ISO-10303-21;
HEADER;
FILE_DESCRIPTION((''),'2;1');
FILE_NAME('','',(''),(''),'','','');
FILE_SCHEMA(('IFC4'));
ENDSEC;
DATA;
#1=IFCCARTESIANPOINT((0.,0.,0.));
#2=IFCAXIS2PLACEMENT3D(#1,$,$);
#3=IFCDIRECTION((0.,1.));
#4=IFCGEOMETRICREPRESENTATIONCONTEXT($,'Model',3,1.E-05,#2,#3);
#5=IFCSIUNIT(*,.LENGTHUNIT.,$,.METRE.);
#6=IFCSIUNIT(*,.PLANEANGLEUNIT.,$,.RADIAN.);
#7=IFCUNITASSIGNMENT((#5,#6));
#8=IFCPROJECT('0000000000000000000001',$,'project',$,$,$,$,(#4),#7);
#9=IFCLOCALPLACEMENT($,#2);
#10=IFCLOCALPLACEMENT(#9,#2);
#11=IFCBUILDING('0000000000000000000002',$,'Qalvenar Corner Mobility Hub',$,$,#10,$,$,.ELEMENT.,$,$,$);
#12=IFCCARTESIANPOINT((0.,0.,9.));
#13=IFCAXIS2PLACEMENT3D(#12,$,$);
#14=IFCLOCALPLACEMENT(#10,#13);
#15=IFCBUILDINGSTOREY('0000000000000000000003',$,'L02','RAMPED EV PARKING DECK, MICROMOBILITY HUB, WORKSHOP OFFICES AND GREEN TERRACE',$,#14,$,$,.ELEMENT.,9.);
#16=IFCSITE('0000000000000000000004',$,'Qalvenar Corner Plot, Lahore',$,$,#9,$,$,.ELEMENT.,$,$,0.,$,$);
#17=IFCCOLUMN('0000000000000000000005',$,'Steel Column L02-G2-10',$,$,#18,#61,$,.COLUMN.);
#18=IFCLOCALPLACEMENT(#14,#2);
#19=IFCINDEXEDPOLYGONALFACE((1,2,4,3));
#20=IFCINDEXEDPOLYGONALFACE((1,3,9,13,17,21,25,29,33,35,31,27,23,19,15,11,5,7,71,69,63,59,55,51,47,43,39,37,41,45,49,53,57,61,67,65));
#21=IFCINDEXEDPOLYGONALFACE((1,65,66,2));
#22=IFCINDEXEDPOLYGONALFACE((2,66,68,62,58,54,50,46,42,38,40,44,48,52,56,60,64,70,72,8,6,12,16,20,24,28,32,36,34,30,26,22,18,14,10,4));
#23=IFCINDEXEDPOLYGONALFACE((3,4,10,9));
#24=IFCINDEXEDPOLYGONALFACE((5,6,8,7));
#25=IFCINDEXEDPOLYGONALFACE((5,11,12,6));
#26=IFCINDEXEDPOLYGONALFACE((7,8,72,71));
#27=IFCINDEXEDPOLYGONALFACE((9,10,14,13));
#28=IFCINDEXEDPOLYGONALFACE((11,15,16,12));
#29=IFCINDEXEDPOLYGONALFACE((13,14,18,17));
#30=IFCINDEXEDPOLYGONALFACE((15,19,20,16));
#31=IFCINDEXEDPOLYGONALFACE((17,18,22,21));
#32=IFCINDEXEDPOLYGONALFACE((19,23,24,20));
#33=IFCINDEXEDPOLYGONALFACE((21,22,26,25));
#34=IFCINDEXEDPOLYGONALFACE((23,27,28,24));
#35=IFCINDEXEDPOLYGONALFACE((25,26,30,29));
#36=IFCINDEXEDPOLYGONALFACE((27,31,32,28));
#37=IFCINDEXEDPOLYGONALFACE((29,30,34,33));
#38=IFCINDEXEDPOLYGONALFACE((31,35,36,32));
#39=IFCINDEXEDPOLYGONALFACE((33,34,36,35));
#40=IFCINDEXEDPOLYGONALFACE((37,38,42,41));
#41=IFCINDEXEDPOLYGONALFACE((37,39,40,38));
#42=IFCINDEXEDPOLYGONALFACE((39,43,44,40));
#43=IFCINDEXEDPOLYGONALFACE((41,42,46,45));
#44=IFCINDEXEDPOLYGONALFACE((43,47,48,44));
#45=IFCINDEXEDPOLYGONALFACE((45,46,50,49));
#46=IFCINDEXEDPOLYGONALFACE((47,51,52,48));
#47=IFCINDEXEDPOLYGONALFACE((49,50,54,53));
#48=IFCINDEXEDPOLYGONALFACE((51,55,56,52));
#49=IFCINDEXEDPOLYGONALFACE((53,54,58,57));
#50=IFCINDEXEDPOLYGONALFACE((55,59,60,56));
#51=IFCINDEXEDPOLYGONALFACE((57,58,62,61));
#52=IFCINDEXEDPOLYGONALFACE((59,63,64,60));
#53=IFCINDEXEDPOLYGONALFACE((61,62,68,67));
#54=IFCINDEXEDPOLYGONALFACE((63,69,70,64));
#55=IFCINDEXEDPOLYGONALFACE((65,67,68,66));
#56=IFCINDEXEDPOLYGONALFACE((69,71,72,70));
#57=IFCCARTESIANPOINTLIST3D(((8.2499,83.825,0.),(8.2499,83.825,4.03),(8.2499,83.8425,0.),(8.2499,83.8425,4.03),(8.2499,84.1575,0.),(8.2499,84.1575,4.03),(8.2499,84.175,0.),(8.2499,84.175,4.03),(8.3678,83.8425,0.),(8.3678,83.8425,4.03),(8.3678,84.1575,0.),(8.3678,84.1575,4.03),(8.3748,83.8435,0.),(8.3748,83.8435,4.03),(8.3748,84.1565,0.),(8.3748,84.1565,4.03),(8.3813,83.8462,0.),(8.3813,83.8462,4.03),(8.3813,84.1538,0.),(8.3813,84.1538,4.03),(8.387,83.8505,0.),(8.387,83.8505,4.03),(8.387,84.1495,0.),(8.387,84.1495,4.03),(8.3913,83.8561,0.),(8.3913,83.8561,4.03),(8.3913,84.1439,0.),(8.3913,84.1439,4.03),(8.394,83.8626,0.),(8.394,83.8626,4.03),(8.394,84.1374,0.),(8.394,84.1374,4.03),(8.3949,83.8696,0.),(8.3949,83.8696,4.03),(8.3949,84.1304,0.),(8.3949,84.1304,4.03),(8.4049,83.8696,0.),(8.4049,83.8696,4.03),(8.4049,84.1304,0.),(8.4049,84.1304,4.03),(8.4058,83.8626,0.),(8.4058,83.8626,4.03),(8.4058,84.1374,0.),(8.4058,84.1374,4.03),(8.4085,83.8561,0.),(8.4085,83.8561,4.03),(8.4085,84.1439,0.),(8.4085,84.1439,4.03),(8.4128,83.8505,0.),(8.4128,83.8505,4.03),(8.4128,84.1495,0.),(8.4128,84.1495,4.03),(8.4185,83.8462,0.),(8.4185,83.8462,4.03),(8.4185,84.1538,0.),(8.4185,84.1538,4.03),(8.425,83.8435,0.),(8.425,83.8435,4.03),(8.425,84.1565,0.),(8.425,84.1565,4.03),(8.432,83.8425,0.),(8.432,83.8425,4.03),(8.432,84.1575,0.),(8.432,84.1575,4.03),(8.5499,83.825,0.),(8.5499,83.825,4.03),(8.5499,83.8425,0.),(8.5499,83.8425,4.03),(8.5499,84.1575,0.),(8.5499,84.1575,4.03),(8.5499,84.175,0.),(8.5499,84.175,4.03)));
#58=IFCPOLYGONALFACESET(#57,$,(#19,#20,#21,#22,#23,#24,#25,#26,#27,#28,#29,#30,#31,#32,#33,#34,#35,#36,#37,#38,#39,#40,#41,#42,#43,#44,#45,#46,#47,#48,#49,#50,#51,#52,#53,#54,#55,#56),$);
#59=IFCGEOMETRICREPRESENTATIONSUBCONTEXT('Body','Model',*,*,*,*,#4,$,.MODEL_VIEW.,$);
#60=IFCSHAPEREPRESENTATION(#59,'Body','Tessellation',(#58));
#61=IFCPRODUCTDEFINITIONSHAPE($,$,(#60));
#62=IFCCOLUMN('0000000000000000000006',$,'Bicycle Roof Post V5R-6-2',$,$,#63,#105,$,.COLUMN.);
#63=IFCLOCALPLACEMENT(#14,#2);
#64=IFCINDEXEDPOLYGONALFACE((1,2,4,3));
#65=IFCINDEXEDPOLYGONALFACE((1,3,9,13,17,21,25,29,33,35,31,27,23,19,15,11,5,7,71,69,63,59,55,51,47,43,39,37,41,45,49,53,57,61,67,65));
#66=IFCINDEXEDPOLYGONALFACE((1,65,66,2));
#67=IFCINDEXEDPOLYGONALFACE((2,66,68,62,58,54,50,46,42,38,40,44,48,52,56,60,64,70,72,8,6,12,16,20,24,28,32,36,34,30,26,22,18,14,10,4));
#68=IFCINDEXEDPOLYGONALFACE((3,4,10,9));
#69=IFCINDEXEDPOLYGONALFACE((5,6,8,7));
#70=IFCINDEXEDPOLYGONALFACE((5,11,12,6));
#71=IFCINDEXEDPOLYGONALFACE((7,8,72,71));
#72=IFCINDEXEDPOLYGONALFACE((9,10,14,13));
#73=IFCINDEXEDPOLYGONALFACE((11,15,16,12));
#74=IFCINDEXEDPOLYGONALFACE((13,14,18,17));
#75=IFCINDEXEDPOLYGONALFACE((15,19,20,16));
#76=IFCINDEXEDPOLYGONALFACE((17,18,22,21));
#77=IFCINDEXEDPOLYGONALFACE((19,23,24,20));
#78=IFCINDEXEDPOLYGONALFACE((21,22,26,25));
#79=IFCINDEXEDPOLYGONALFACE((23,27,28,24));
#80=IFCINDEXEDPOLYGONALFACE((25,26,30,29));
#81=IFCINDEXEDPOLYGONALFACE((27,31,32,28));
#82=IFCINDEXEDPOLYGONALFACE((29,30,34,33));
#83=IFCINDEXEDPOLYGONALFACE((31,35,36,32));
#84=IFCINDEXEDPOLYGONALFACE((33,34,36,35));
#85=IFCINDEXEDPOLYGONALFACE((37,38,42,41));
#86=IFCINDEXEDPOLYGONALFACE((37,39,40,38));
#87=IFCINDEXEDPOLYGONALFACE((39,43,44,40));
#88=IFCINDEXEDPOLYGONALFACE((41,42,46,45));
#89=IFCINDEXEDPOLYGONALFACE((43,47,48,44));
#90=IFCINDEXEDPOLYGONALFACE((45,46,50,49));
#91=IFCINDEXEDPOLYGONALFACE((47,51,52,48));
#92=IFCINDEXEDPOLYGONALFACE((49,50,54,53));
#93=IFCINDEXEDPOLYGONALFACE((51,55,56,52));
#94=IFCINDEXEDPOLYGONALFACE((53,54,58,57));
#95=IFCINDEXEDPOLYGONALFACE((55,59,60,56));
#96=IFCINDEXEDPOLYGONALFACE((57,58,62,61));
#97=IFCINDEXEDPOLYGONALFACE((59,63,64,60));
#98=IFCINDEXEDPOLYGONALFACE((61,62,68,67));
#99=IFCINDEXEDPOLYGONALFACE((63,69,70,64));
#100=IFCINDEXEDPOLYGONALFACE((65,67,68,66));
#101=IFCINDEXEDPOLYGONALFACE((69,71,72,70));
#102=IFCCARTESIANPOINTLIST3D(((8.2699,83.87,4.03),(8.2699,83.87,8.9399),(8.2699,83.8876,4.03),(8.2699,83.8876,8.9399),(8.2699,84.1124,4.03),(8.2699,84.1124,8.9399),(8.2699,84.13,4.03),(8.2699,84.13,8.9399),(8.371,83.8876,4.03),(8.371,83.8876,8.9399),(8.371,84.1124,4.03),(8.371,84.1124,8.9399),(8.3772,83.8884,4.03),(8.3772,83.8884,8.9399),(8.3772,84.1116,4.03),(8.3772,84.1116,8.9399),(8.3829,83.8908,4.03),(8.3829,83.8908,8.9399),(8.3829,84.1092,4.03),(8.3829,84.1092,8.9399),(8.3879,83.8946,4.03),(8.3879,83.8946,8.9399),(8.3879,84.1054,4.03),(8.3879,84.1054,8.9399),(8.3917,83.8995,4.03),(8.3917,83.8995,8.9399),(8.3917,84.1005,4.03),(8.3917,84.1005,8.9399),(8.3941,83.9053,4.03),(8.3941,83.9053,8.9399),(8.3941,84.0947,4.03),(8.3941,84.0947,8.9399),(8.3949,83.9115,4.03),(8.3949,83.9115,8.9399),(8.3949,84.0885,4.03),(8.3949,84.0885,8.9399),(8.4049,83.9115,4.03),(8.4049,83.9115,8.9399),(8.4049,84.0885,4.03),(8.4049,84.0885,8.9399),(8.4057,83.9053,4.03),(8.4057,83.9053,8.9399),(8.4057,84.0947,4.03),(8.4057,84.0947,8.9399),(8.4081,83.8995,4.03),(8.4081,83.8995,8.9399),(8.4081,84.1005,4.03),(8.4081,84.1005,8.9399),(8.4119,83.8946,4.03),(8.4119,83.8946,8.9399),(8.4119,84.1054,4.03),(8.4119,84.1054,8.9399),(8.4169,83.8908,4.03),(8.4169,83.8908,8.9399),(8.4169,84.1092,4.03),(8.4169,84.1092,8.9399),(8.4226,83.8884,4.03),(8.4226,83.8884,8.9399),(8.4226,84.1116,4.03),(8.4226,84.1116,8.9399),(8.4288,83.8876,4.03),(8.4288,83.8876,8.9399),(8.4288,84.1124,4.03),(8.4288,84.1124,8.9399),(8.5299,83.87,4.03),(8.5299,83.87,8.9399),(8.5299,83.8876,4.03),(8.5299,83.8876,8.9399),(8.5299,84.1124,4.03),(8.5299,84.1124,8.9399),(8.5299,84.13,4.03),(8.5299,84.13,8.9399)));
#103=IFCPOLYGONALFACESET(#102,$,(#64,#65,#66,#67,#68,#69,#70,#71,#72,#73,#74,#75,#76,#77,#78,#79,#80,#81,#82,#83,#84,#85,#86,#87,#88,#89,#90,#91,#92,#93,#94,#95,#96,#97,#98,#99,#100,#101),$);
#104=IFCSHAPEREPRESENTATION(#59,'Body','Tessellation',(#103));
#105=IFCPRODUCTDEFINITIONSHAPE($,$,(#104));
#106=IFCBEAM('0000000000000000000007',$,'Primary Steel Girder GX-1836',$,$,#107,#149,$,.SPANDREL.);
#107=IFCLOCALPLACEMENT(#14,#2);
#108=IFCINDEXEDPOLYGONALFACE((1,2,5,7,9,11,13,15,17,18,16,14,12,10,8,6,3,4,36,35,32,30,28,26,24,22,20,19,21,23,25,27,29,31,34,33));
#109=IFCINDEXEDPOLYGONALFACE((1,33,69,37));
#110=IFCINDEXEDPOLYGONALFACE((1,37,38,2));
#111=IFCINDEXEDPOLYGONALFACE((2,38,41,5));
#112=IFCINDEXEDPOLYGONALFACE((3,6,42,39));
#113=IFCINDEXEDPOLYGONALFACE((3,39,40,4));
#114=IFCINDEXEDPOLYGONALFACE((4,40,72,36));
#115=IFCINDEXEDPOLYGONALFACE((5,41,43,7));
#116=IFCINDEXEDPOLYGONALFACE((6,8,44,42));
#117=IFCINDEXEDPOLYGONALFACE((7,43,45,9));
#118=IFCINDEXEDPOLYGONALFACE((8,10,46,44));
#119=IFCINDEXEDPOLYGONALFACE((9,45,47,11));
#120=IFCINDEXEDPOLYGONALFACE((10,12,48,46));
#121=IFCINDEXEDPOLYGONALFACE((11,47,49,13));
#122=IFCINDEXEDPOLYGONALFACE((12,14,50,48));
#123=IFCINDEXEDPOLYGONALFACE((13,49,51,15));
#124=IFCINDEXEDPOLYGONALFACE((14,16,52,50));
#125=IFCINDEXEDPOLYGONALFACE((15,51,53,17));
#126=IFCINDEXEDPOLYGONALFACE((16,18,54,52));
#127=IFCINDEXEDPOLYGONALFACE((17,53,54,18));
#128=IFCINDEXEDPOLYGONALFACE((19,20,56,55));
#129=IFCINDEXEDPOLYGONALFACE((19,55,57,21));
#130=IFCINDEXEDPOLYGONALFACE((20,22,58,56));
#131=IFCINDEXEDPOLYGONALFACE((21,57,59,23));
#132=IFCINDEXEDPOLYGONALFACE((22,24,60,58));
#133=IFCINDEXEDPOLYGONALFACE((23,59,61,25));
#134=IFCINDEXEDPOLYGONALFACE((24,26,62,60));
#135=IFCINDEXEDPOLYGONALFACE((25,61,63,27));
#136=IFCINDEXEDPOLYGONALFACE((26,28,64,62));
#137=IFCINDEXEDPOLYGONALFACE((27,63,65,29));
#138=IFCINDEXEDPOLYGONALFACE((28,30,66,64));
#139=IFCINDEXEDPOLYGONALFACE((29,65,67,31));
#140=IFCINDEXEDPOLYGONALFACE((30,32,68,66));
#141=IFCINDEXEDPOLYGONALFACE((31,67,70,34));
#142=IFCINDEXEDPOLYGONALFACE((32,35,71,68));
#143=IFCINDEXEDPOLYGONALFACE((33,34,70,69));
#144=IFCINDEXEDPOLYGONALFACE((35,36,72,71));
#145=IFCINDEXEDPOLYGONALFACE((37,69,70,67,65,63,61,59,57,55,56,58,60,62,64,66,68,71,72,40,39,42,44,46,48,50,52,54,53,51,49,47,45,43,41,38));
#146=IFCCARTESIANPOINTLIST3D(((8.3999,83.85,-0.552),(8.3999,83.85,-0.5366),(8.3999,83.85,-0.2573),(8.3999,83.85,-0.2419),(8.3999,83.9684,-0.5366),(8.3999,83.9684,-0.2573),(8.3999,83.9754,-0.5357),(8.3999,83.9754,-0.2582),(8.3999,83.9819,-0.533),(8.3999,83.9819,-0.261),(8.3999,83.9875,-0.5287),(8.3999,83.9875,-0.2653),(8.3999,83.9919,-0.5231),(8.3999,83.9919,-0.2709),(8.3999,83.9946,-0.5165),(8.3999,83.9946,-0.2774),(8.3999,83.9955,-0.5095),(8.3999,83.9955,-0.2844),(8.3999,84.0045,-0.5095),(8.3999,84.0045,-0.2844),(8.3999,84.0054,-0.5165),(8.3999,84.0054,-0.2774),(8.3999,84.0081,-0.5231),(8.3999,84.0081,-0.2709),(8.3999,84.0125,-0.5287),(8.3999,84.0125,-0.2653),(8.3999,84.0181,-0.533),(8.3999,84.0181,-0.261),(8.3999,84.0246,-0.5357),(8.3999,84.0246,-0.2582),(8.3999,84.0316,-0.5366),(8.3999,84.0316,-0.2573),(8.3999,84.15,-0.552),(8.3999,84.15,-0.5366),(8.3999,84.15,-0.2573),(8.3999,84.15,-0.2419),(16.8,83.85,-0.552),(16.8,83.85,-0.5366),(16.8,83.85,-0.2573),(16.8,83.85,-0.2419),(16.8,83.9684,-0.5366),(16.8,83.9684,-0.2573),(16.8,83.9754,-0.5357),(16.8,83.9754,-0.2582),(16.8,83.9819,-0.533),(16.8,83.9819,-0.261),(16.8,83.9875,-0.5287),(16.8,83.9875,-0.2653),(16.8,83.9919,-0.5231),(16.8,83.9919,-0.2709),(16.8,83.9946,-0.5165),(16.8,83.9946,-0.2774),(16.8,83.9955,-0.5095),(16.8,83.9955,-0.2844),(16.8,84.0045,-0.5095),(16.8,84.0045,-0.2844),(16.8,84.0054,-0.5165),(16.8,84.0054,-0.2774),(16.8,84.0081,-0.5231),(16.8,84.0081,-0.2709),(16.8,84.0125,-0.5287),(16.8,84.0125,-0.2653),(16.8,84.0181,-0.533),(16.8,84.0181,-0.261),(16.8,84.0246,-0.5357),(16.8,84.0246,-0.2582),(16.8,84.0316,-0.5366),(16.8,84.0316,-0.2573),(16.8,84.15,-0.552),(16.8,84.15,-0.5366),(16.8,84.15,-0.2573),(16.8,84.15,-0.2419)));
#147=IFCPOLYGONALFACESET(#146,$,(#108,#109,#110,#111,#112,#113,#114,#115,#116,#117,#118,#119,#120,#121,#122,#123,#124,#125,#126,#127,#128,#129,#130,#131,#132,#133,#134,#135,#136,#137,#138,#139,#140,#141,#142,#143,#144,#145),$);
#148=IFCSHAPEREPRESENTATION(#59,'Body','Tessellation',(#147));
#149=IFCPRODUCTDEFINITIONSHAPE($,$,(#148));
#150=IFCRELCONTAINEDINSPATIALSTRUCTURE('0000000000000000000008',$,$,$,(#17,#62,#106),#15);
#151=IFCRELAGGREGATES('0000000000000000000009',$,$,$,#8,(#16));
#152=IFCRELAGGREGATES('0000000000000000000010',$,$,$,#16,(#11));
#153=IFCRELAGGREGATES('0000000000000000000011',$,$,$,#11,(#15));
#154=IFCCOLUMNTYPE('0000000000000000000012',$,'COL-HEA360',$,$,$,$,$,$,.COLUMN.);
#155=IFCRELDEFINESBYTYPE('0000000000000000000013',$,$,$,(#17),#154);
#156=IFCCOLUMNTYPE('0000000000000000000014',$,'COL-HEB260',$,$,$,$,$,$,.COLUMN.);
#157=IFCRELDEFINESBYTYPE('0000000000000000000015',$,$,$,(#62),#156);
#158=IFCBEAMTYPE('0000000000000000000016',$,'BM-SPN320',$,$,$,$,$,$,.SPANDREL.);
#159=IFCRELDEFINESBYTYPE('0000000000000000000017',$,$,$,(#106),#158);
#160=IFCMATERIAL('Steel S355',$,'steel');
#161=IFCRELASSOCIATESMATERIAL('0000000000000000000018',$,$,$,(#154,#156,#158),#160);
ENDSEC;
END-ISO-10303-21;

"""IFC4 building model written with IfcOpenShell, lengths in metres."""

from ifc_helpers import new_model, si_unit, direction, frame, origin, origin_2d, place, context, subcontext, project, spatial, i_section, extrude, material, material_profile, profile_set, type_object, element, save


model = new_model("IFC4")

# Units and contexts
model_context = context("Model", 3, precision=1e-05, world=origin(), true_north=direction((0.0, 1.0)))
body_context = subcontext(model_context, "Body", "Model", "MODEL_VIEW")
ifc_project = project(units=[si_unit("LENGTHUNIT", "METRE"), si_unit("PLANEANGLEUNIT", "RADIAN")], contexts=[model_context])

# Site, building, storey
site_placement = place(None, origin())
site = spatial("IfcSite", under=ifc_project, at=site_placement, Name="Qalvenar Corner Plot, Lahore", CompositionType="ELEMENT", RefElevation=0.0)
building_placement = place(site_placement, origin())
building = spatial("IfcBuilding", under=site, at=building_placement, Name="Qalvenar Corner Mobility Hub", CompositionType="ELEMENT")
storey_placement = place(building_placement, frame((0.0, 0.0, 9.0)))
storey = spatial("IfcBuildingStorey", under=building, at=storey_placement, Name="L02", Description="RAMPED EV PARKING DECK, MICROMOBILITY HUB, WORKSHOP OFFICES AND GREEN TERRACE", CompositionType="ELEMENT", Elevation=9.0)

# Columns
ifc_material_1 = material(Name="Steel S355", Category="steel")
ifc_material_profile_1 = material_profile(ifc_material_1, i_section(OverallWidth=0.3, OverallDepth=0.3501, WebThickness=0.01, FlangeThickness=0.0176, FilletRadius=0.0271, at=origin_2d()), Name="HEA360")
ifc_profile_set_1 = profile_set([ifc_material_profile_1], Name="Steel S355")
column_type_1 = type_object("IfcColumnType", Name="COL-HEA360", PredefinedType="COLUMN", material=ifc_profile_set_1)
column_1_placement = place(storey_placement, frame((8.3999, 84.0, 0.0), z_axis=(0.0, 0.0, 1.0), x_axis=(1.0, 0.0, 0.0)))
element("IfcColumn", 1, at=column_1_placement, inside=storey, type_object=column_type_1, Name="Steel Column L02-G2-10", PredefinedType="COLUMN", context=body_context, shape_type="SweptSolid", body=[
    extrude(i_section(OverallWidth=0.3, OverallDepth=0.3501, WebThickness=0.01, FlangeThickness=0.0176, FilletRadius=0.0271, at=origin_2d()), origin(), (0.0, 0.0, 1.0), 4.03),
])
ifc_material_profile_2 = material_profile(ifc_material_1, i_section(OverallWidth=0.26, OverallDepth=0.26, WebThickness=0.01, FlangeThickness=0.0176, FilletRadius=0.0239, at=origin_2d()), Name="HEB260")
ifc_profile_set_2 = profile_set([ifc_material_profile_2], Name="Steel S355")
column_type_2 = type_object("IfcColumnType", Name="COL-HEB260", PredefinedType="COLUMN", material=ifc_profile_set_2)
column_2_placement = place(storey_placement, frame((8.3999, 84.0, 4.03), z_axis=(0.0, 0.0, 1.0), x_axis=(1.0, 0.0, 0.0)))
element("IfcColumn", 2, at=column_2_placement, inside=storey, type_object=column_type_2, Name="Bicycle Roof Post V5R-6-2", PredefinedType="COLUMN", context=body_context, shape_type="SweptSolid", body=[
    extrude(i_section(OverallWidth=0.26, OverallDepth=0.26, WebThickness=0.01, FlangeThickness=0.0176, FilletRadius=0.0239, at=origin_2d()), origin(), (0.0, 0.0, 1.0), 4.9099),
])

# Beam
ifc_material_profile_3 = material_profile(ifc_material_1, i_section(OverallWidth=0.3, OverallDepth=0.3101, WebThickness=0.009, FlangeThickness=0.0154, FilletRadius=0.0271, at=origin_2d()), Name="HEA320")
ifc_profile_set_3 = profile_set([ifc_material_profile_3], Name="Steel S355")
beam_type = type_object("IfcBeamType", Name="BM-SPN320", PredefinedType="SPANDREL", material=ifc_profile_set_3)
beam_placement = place(storey_placement, frame((8.3999, 84.0, -0.397), z_axis=(1.0, 0.0, 0.0), x_axis=(0.0, 1.0, 0.0)))
element("IfcBeam", 3, at=beam_placement, inside=storey, type_object=beam_type, Name="Primary Steel Girder GX-1836", PredefinedType="SPANDREL", context=body_context, shape_type="SweptSolid", body=[
    extrude(i_section(OverallWidth=0.3, OverallDepth=0.3101, WebThickness=0.009, FlangeThickness=0.0154, FilletRadius=0.0271, at=origin_2d()), origin(), (0.0, 0.0, 1.0), 8.4001),
])

save(model, "model.ifc")
